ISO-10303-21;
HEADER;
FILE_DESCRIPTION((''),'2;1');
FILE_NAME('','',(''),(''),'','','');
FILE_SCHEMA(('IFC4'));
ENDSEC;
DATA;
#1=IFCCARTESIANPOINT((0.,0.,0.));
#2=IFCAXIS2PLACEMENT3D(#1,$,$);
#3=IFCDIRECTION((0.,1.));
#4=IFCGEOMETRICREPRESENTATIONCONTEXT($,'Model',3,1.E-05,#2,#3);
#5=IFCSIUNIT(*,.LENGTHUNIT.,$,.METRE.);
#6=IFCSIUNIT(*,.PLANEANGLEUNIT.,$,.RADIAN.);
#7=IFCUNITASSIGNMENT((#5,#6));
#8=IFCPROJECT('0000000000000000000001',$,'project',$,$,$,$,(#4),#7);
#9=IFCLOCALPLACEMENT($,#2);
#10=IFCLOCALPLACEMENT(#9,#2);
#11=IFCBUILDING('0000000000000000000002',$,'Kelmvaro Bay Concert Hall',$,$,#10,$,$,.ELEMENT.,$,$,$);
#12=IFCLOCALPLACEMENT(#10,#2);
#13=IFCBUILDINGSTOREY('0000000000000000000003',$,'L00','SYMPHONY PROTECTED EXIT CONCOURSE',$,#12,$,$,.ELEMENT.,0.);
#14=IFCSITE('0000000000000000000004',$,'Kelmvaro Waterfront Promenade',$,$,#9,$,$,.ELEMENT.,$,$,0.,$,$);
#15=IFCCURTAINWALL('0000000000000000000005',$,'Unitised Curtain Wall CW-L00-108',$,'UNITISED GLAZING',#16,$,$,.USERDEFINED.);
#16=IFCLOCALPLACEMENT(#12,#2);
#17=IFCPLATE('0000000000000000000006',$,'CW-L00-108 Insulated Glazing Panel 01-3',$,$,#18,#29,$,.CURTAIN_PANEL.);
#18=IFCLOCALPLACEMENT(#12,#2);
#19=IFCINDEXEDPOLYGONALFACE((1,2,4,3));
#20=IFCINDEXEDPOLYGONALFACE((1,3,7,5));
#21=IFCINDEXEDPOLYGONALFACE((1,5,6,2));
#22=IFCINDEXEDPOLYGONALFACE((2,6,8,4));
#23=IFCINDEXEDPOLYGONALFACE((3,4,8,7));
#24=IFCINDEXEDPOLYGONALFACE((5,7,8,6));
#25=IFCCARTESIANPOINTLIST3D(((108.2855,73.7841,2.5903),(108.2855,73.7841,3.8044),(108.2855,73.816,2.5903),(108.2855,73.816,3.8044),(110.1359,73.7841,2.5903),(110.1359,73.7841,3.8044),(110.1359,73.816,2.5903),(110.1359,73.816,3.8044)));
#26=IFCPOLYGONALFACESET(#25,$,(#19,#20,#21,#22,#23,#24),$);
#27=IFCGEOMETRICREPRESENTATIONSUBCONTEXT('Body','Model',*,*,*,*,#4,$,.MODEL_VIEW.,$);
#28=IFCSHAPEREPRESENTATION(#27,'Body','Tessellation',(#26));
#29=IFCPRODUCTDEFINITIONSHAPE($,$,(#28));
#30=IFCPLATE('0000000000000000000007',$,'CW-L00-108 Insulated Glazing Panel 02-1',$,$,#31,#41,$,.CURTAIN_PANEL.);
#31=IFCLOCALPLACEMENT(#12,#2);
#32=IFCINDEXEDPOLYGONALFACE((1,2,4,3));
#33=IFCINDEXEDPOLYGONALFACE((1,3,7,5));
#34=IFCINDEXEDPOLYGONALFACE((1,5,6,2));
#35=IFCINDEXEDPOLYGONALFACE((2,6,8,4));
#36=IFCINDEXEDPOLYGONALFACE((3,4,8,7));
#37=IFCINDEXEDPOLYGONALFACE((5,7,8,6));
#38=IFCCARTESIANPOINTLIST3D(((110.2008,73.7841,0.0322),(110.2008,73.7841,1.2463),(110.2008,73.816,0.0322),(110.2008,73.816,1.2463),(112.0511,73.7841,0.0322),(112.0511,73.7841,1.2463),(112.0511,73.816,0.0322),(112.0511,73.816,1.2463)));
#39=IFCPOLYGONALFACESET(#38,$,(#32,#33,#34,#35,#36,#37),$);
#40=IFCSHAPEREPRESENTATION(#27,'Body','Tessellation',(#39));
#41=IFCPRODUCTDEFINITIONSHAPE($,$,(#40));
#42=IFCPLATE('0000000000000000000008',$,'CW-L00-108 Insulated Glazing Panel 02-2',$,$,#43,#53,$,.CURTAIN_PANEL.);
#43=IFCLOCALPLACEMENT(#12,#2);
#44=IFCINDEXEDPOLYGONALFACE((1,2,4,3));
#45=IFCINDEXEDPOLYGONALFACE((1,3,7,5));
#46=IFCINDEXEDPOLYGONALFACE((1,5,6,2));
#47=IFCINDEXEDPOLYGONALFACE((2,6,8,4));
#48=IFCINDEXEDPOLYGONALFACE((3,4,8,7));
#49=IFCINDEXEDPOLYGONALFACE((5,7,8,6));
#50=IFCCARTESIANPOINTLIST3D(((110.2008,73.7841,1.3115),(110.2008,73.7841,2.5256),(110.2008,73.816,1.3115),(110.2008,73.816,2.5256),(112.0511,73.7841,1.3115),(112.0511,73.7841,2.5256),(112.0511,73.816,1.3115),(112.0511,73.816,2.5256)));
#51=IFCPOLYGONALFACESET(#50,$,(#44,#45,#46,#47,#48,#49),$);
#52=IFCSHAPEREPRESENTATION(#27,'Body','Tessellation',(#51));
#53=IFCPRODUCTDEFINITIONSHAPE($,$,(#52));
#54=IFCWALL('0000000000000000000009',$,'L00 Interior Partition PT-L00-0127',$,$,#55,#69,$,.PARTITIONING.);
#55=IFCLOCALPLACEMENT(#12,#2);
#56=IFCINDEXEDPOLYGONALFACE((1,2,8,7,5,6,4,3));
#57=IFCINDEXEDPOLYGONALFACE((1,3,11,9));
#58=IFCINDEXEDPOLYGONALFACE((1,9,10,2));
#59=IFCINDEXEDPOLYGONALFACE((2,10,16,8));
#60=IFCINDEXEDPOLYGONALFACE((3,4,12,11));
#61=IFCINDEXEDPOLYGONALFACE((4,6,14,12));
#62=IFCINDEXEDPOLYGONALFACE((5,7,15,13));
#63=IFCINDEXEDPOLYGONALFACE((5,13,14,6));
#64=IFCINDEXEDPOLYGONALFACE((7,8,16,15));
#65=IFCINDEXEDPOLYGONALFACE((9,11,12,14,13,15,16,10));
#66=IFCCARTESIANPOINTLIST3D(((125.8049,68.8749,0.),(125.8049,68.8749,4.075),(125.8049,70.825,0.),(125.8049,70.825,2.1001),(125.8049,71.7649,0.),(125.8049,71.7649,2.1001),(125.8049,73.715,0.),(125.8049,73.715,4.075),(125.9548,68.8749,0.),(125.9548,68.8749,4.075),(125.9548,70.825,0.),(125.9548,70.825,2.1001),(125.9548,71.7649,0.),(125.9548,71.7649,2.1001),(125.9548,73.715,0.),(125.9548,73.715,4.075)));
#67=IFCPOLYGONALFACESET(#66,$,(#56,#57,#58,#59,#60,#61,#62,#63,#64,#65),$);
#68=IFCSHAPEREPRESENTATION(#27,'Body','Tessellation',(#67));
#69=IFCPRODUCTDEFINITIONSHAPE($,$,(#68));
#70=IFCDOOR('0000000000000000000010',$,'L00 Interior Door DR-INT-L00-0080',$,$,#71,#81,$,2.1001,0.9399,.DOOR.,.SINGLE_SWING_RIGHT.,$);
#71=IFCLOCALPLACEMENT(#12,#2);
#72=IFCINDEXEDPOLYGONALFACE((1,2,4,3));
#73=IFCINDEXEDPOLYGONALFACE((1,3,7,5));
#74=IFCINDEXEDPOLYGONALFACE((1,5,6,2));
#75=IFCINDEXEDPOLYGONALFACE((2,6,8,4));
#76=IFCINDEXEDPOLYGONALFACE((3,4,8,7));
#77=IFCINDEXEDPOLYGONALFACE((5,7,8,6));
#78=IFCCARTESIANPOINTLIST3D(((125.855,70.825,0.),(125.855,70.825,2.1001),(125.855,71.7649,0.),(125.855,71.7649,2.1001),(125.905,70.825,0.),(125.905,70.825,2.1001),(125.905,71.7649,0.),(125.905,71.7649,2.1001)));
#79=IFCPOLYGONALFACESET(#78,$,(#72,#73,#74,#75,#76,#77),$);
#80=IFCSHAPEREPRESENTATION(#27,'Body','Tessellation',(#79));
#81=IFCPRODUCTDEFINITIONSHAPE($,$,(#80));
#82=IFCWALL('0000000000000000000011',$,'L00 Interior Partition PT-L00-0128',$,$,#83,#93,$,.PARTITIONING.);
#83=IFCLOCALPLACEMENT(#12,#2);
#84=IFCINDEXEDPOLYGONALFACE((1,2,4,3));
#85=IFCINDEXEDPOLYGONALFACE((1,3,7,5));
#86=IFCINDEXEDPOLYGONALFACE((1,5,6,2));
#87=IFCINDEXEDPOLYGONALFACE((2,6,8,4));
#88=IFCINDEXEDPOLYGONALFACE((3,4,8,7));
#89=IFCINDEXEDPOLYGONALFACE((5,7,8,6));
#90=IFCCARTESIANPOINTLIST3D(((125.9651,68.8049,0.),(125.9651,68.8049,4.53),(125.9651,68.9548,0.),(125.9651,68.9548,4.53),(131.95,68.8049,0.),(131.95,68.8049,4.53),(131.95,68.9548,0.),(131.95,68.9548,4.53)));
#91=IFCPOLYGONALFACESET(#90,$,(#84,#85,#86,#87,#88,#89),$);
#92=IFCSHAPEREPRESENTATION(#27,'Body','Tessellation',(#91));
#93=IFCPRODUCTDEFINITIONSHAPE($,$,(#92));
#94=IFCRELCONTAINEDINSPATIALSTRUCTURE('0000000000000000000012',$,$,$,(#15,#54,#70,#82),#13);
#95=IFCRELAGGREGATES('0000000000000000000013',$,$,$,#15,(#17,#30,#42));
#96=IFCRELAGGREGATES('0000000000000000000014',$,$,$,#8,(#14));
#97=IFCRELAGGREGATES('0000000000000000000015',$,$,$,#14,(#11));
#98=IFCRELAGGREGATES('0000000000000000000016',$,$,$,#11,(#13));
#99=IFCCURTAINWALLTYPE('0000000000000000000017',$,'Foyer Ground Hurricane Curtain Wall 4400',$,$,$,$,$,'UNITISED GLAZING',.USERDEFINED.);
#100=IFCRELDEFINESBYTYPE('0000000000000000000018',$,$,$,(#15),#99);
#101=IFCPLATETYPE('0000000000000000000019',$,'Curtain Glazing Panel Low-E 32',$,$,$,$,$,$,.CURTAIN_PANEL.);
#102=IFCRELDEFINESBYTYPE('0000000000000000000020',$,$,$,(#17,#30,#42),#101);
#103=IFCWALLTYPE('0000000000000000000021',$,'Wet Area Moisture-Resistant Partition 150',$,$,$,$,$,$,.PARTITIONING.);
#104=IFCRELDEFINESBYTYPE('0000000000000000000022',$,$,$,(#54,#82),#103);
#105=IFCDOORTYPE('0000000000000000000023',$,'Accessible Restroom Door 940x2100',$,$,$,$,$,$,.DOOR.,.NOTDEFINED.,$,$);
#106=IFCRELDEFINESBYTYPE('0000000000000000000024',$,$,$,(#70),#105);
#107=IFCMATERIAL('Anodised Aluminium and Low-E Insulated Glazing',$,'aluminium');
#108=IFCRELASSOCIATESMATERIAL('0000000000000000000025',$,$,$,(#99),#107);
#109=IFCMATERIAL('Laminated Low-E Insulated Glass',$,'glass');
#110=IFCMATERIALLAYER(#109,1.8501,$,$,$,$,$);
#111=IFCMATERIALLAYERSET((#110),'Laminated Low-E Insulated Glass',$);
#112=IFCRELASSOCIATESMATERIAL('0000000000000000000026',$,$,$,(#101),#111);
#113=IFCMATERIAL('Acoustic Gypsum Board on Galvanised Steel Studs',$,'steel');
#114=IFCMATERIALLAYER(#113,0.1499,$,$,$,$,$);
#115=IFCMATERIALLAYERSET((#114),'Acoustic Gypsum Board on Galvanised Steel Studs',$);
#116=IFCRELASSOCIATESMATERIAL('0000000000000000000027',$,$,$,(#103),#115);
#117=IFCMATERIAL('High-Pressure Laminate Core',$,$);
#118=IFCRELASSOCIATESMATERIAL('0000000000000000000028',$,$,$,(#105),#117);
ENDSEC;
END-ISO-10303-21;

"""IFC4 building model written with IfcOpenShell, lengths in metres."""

from ifc_helpers import new_model, si_unit, direction, frame, frame_2d, origin, origin_2d, place, context, subcontext, project, spatial, rectangle, extrude, material, layer, layer_set, type_object, element, fill, aggregate, save


model = new_model("IFC4")

# Units and contexts
model_context = context("Model", 3, precision=1e-05, world=origin(), true_north=direction((0.0, 1.0)))
body_context = subcontext(model_context, "Body", "Model", "MODEL_VIEW")
ifc_project = project(units=[si_unit("LENGTHUNIT", "METRE"), si_unit("PLANEANGLEUNIT", "RADIAN")], contexts=[model_context])

# Site, building, storey
site_placement = place(None, origin())
site = spatial("IfcSite", under=ifc_project, at=site_placement, Name="Kelmvaro Waterfront Promenade", CompositionType="ELEMENT", RefElevation=0.0)
building_placement = place(site_placement, origin())
building = spatial("IfcBuilding", under=site, at=building_placement, Name="Kelmvaro Bay Concert Hall", CompositionType="ELEMENT")
storey_placement = place(building_placement, origin())
storey = spatial("IfcBuildingStorey", under=building, at=storey_placement, Name="L00", Description="SYMPHONY PROTECTED EXIT CONCOURSE", CompositionType="ELEMENT", Elevation=0.0)

# Shared definitions
ifc_material_1 = material(Name="Anodised Aluminium and Low-E Insulated Glazing", Category="aluminium")
curtain_wall_type = type_object("IfcCurtainWallType", Name="Foyer Ground Hurricane Curtain Wall 4400", ElementType="UNITISED GLAZING", PredefinedType="USERDEFINED", material=ifc_material_1)

# Curtain wall, plates
curtain_wall_1_placement = place(storey_placement, origin())
curtain_wall_1 = element("IfcCurtainWall", 1, at=curtain_wall_1_placement, inside=storey, type_object=curtain_wall_type, Name="Unitised Curtain Wall CW-L00-108", ObjectType="UNITISED GLAZING", PredefinedType="USERDEFINED")
ifc_material_2 = material(Name="Laminated Low-E Insulated Glass", Category="glass")
ifc_layer_1 = layer(ifc_material_2, 1.8501)
ifc_layer_set_1 = layer_set([ifc_layer_1], Name="Laminated Low-E Insulated Glass")
plate_type = type_object("IfcPlateType", Name="Curtain Glazing Panel Low-E 32", PredefinedType="CURTAIN_PANEL", material=ifc_layer_set_1)
plate_1_placement = place(storey_placement, frame((109.2107, 73.8, 2.5903), z_axis=(0.0, 0.0, 1.0), x_axis=(1.0, 0.0, 0.0)))
plate_1 = element("IfcPlate", 2, at=plate_1_placement, type_object=plate_type, Name="CW-L00-108 Insulated Glazing Panel 01-3", PredefinedType="CURTAIN_PANEL", context=body_context, shape_type="SweptSolid", body=[
    extrude(rectangle(XDim=1.8503, YDim=0.032, at=origin_2d()), origin(), (0.0, 0.0, 1.0), 1.2141),
])
plate_2_placement = place(storey_placement, frame((111.126, 73.8, 0.0322), z_axis=(0.0, 0.0, 1.0), x_axis=(1.0, 0.0, 0.0)))
plate_2 = element("IfcPlate", 3, at=plate_2_placement, type_object=plate_type, Name="CW-L00-108 Insulated Glazing Panel 02-1", PredefinedType="CURTAIN_PANEL", context=body_context, shape_type="SweptSolid", body=[
    extrude(rectangle(XDim=1.8503, YDim=0.032, at=origin_2d()), origin(), (0.0, 0.0, 1.0), 1.2141),
])
plate_3_placement = place(storey_placement, frame((111.126, 73.8, 1.3115), z_axis=(0.0, 0.0, 1.0), x_axis=(1.0, 0.0, 0.0)))
plate_3 = element("IfcPlate", 4, at=plate_3_placement, type_object=plate_type, Name="CW-L00-108 Insulated Glazing Panel 02-2", PredefinedType="CURTAIN_PANEL", context=body_context, shape_type="SweptSolid", body=[
    extrude(rectangle(XDim=1.8503, YDim=0.032, at=origin_2d()), origin(), (0.0, 0.0, 1.0), 1.2141),
])
aggregate(curtain_wall_1, [plate_1, plate_2, plate_3])

# Wall, opening, door
ifc_material_3 = material(Name="Acoustic Gypsum Board on Galvanised Steel Studs", Category="steel")
ifc_layer_2 = layer(ifc_material_3, 0.1499)
ifc_layer_set_2 = layer_set([ifc_layer_2], Name="Acoustic Gypsum Board on Galvanised Steel Studs")
wall_type = type_object("IfcWallType", Name="Wet Area Moisture-Resistant Partition 150", PredefinedType="PARTITIONING", material=ifc_layer_set_2)
wall_1_placement = place(storey_placement, frame((125.8799, 68.875, 0.0), z_axis=(0.0, 0.0, 1.0), x_axis=(0.0, 1.0, 0.0)))
wall_1 = element("IfcWall", 5, at=wall_1_placement, inside=storey, type_object=wall_type, Name="L00 Interior Partition PT-L00-0127", PredefinedType="PARTITIONING", context=body_context, shape_type="SweptSolid", body=[
    extrude(rectangle(XDim=4.8401, YDim=0.1499, at=frame_2d((2.4199, 0.0))), origin(), (0.0, 0.0, 1.0), 4.075),
])
opening_placement = place(wall_1_placement, frame((1.95, 0.0, 0.0)))
opening = element("IfcOpeningElement", 6, at=opening_placement, cuts=wall_1, PredefinedType="OPENING", context=body_context, shape_type="SweptSolid", body=[
    extrude(rectangle(XDim=0.9399, YDim=2.1001, at=frame_2d((0.47, 1.05))), frame((0.0, 0.085, 0.0), z_axis=(0.0, -1.0, 0.0), x_axis=(1.0, 0.0, 0.0)), (0.0, 0.0, 1.0), 0.1699),
])
ifc_material_4 = material(Name="High-Pressure Laminate Core")
door_type = type_object("IfcDoorType", Name="Accessible Restroom Door 940x2100", OperationType="NOTDEFINED", PredefinedType="DOOR", material=ifc_material_4)
door_placement = place(opening_placement, origin())
door = element("IfcDoor", 7, at=door_placement, inside=storey, type_object=door_type, Name="L00 Interior Door DR-INT-L00-0080", OperationType="SINGLE_SWING_RIGHT", OverallHeight=2.1001, OverallWidth=0.9399, PredefinedType="DOOR", context=body_context, shape_type="SweptSolid", body=[
    extrude(rectangle(XDim=0.9399, YDim=2.1001, at=frame_2d((0.47, 1.05))), frame((0.0, 0.0249, 0.0), z_axis=(0.0, -1.0, 0.0), x_axis=(1.0, 0.0, 0.0)), (0.0, 0.0, 1.0), 0.05),
])
fill(opening, door)

# Wall
wall_2_placement = place(storey_placement, frame((125.9651, 68.8799, 0.0), z_axis=(0.0, 0.0, 1.0), x_axis=(1.0, 0.0, 0.0)))
element("IfcWall", 8, at=wall_2_placement, inside=storey, type_object=wall_type, Name="L00 Interior Partition PT-L00-0128", PredefinedType="PARTITIONING", context=body_context, shape_type="SweptSolid", body=[
    extrude(rectangle(XDim=5.9849, YDim=0.1499, at=frame_2d((2.9924, 0.0))), origin(), (0.0, 0.0, 1.0), 4.53),
])

save(model, "model.ifc")
